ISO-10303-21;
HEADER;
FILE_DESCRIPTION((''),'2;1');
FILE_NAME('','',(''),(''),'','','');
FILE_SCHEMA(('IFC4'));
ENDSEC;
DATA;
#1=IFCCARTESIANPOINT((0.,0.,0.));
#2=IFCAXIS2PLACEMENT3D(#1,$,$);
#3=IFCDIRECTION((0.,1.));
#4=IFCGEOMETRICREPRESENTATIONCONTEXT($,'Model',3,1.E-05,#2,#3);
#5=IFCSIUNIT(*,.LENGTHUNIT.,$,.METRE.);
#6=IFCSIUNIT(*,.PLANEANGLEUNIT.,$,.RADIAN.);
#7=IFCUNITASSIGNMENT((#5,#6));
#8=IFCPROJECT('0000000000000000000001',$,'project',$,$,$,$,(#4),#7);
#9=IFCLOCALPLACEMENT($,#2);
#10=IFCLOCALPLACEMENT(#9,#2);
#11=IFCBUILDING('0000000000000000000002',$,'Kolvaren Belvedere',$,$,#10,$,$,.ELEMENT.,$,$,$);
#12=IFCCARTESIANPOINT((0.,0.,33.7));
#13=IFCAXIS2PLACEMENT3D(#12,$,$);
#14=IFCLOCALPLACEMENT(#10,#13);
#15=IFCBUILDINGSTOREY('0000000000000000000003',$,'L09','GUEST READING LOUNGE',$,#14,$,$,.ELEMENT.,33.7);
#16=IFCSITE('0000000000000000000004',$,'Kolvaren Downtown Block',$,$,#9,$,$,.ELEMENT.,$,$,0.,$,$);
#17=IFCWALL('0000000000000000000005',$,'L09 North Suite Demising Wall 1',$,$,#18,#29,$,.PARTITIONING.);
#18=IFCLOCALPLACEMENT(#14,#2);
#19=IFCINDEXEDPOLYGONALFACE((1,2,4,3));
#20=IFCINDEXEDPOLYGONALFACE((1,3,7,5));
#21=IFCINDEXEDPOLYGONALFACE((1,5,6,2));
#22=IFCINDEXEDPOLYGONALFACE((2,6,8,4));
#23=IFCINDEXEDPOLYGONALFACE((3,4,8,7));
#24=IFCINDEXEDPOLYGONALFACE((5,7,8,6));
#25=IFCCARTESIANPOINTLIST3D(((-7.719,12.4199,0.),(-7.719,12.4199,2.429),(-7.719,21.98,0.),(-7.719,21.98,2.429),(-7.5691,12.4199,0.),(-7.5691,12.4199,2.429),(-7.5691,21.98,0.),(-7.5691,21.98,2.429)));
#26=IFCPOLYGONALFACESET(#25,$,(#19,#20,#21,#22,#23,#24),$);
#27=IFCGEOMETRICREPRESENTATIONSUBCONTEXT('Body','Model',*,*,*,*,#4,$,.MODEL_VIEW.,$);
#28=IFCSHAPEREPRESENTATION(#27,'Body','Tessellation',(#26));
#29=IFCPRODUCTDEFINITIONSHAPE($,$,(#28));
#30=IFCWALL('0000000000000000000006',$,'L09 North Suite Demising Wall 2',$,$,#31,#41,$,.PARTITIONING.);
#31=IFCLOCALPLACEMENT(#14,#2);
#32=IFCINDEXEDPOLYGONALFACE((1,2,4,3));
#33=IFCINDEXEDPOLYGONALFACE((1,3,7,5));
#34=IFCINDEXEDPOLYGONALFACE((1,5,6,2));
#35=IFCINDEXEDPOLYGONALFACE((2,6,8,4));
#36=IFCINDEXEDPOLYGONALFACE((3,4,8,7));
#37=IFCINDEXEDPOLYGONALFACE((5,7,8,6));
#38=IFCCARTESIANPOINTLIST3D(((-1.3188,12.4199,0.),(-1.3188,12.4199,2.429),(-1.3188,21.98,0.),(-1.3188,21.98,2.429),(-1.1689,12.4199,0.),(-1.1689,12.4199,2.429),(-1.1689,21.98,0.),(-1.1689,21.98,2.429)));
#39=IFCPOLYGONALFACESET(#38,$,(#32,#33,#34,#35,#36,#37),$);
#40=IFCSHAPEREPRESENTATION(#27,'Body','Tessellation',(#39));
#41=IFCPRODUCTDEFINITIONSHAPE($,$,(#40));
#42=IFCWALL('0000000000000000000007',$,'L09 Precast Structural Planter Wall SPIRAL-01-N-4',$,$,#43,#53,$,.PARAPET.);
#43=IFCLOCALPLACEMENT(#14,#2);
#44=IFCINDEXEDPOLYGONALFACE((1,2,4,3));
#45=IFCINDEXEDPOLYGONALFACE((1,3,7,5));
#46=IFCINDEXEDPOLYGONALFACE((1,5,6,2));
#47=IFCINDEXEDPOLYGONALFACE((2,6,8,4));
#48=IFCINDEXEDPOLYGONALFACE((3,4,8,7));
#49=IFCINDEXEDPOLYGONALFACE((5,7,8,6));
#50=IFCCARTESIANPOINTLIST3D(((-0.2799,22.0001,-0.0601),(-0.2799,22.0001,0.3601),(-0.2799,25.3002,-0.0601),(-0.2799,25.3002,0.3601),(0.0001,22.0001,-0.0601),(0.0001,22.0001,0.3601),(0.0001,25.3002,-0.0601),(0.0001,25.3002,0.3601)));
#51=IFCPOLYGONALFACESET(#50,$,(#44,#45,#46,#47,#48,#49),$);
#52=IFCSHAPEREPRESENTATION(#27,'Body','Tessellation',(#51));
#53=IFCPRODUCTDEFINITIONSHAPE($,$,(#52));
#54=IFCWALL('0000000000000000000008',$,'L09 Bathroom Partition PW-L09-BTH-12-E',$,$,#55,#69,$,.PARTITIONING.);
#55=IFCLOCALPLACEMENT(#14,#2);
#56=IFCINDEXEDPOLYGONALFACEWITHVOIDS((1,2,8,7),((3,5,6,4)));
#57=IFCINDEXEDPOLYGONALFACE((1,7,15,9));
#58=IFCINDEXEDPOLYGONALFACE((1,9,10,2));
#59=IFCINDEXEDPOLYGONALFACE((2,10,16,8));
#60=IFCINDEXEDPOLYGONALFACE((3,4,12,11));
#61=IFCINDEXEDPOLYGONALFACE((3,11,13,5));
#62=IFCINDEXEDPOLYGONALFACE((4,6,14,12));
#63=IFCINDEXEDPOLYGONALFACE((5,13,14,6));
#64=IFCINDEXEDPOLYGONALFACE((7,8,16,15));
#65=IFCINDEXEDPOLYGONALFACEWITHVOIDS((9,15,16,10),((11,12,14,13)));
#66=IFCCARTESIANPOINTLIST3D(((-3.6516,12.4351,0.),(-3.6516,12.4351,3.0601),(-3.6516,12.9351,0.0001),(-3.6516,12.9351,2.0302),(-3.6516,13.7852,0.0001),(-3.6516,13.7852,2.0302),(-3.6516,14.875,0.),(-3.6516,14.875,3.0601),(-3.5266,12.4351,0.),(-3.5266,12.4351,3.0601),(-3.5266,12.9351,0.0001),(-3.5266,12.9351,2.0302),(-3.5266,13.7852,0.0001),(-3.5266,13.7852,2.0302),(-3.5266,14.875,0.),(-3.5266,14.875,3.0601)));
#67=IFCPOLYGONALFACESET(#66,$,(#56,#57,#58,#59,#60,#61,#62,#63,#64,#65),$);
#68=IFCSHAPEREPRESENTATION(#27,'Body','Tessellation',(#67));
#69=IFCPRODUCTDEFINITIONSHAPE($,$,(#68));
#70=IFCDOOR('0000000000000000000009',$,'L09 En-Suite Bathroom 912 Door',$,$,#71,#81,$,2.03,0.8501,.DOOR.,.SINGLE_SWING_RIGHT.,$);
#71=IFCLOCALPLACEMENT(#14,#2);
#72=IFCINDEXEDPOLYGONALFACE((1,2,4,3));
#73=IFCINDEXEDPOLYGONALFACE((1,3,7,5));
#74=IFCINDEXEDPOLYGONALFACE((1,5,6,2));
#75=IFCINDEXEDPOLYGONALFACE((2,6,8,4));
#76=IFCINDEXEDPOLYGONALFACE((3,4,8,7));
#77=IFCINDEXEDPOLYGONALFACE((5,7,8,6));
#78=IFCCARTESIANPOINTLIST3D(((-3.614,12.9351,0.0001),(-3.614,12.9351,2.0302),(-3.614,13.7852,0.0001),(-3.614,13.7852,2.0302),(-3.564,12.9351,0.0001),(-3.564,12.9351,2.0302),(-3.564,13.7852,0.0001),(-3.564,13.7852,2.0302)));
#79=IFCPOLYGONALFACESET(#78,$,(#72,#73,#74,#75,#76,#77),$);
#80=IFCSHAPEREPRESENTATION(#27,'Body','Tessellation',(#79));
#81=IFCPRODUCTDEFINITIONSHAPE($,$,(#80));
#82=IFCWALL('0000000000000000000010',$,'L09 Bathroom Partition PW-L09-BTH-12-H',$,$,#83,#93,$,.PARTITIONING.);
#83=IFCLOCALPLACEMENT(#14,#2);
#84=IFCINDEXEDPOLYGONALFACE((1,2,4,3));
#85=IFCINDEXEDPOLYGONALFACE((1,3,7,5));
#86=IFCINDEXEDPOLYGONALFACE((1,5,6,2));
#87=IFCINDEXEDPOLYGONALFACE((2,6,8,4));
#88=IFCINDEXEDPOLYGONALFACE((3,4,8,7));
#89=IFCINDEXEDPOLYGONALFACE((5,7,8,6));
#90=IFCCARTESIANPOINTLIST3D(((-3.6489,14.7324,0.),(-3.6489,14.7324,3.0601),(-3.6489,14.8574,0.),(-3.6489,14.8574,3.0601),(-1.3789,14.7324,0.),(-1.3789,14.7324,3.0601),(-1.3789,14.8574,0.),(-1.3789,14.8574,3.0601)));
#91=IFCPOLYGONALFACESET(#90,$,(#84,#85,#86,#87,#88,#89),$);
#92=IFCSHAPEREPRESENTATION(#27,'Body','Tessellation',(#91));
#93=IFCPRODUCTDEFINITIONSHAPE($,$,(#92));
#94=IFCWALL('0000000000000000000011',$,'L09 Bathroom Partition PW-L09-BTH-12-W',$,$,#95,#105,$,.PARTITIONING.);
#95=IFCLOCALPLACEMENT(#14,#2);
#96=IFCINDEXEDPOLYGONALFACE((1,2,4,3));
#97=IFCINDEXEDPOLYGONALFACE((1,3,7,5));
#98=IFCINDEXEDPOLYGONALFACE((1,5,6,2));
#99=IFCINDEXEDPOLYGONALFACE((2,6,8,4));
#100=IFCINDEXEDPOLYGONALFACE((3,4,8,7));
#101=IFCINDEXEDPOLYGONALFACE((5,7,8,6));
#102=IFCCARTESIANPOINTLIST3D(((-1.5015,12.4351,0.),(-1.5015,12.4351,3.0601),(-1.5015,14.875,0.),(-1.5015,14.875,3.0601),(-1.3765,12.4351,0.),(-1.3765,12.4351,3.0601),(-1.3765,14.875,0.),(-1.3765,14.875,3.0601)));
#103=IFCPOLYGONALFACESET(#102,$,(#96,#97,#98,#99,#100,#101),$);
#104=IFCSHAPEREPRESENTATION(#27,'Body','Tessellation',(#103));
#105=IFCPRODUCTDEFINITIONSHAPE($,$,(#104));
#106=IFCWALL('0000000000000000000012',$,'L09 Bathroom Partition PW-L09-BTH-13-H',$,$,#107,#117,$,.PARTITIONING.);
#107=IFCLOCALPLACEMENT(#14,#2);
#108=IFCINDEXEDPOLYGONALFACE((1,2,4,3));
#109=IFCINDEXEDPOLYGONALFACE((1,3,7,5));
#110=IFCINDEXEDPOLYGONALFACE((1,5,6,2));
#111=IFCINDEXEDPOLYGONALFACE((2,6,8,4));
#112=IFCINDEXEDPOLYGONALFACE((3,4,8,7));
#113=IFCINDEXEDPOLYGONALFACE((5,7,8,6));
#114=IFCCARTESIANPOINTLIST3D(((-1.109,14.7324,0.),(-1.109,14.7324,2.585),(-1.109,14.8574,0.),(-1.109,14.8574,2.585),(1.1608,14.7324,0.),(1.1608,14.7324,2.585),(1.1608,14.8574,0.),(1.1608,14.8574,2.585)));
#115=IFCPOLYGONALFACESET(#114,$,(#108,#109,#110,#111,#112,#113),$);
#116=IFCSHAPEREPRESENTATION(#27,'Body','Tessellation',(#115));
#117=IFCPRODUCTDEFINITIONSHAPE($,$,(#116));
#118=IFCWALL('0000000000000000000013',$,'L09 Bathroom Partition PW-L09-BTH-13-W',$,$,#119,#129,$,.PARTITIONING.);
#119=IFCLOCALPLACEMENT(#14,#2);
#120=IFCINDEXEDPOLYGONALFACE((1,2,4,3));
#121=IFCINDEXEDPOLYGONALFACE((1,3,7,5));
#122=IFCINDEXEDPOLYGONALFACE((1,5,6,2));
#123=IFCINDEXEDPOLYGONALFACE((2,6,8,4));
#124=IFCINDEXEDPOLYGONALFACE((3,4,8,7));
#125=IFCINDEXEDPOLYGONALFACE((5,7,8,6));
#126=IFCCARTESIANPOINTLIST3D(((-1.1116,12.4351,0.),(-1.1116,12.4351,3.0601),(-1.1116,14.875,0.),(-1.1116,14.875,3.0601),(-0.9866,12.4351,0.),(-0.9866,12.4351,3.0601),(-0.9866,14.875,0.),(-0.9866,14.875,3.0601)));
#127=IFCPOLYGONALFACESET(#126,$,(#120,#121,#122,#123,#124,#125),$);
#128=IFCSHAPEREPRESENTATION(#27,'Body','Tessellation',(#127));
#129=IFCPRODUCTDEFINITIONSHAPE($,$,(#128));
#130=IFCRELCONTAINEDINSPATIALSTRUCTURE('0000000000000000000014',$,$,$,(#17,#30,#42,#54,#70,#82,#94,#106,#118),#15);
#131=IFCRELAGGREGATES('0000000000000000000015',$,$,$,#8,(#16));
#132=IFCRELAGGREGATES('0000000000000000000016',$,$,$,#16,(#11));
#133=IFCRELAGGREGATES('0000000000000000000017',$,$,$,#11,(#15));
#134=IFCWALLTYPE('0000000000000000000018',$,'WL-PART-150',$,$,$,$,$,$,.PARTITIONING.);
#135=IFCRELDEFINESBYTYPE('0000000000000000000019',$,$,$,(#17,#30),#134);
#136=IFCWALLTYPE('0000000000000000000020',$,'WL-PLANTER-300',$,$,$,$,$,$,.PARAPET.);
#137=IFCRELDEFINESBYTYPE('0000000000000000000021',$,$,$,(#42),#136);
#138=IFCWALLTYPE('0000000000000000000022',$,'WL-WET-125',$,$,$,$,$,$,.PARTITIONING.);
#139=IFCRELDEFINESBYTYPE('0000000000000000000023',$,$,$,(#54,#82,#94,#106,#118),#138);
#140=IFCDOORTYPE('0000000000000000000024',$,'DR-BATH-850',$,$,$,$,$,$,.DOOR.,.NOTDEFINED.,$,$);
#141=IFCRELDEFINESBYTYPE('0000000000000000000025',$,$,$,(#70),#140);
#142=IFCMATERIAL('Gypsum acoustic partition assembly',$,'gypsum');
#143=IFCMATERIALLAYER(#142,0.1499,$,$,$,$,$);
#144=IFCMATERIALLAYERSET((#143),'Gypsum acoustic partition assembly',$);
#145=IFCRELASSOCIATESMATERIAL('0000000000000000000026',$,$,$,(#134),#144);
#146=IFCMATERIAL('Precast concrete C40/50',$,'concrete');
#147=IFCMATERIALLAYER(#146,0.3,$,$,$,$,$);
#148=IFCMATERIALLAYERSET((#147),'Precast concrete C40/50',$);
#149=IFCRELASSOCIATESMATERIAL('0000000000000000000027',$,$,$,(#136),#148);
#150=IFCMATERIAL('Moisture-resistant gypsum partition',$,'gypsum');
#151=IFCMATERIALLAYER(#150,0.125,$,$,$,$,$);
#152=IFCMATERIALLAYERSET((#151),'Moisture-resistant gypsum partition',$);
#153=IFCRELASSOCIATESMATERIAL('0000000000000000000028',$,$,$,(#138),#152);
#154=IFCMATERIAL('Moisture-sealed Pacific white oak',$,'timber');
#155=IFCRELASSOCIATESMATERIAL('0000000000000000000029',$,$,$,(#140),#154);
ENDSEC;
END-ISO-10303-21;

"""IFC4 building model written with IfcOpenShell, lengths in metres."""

from ifc_helpers import new_model, si_unit, direction, frame, frame_2d, origin, place, context, subcontext, project, spatial, rectangle, extrude, material, layer, layer_set, type_object, element, fill, save


model = new_model("IFC4")

# Units and contexts
model_context = context("Model", 3, precision=1e-05, world=origin(), true_north=direction((0.0, 1.0)))
body_context = subcontext(model_context, "Body", "Model", "MODEL_VIEW")
ifc_project = project(units=[si_unit("LENGTHUNIT", "METRE"), si_unit("PLANEANGLEUNIT", "RADIAN")], contexts=[model_context])

# Site, building, storey
site_placement = place(None, origin())
site = spatial("IfcSite", under=ifc_project, at=site_placement, Name="Kolvaren Downtown Block", CompositionType="ELEMENT", RefElevation=0.0)
building_placement = place(site_placement, origin())
building = spatial("IfcBuilding", under=site, at=building_placement, Name="Kolvaren Belvedere", CompositionType="ELEMENT")
storey_placement = place(building_placement, frame((0.0, 0.0, 33.7)))
storey = spatial("IfcBuildingStorey", under=building, at=storey_placement, Name="L09", Description="GUEST READING LOUNGE", CompositionType="ELEMENT", Elevation=33.7)

# Walls
ifc_material_1 = material(Name="Gypsum acoustic partition assembly", Category="gypsum")
ifc_layer_1 = layer(ifc_material_1, 0.1499)
ifc_layer_set_1 = layer_set([ifc_layer_1], Name="Gypsum acoustic partition assembly")
wall_type_1 = type_object("IfcWallType", Name="WL-PART-150", PredefinedType="PARTITIONING", material=ifc_layer_set_1)
for number, where, z_axis, x_axis, name in (
    (1, (-7.644, 12.4199, 0.0), (0.0, 0.0, 1.0), (0.0, 1.0, 0.0), "L09 North Suite Demising Wall 1"),
    (2, (-1.2439, 12.4199, 0.0), (0.0, 0.0, 1.0), (0.0, 1.0, 0.0), "L09 North Suite Demising Wall 2"),
):
    element("IfcWall", number, at=place(storey_placement, frame(where, z_axis=z_axis, x_axis=x_axis)), inside=storey, type_object=wall_type_1, Name=name, PredefinedType="PARTITIONING", context=body_context, shape_type="SweptSolid", body=[
        extrude(rectangle(XDim=9.5601, YDim=0.1499, at=frame_2d((4.78, 0.0))), origin(), (0.0, 0.0, 1.0), 2.429),
    ])
ifc_material_2 = material(Name="Precast concrete C40/50", Category="concrete")
ifc_layer_2 = layer(ifc_material_2, 0.3)
ifc_layer_set_2 = layer_set([ifc_layer_2], Name="Precast concrete C40/50")
wall_type_2 = type_object("IfcWallType", Name="WL-PLANTER-300", PredefinedType="PARAPET", material=ifc_layer_set_2)
wall_1_placement = place(storey_placement, frame((-0.1399, 25.3, -0.0601), z_axis=(0.0, 0.0, 1.0), x_axis=(0.0, -1.0, 0.0)))
element("IfcWall", 3, at=wall_1_placement, inside=storey, type_object=wall_type_2, Name="L09 Precast Structural Planter Wall SPIRAL-01-N-4", PredefinedType="PARAPET", context=body_context, shape_type="SweptSolid", body=[
    extrude(rectangle(XDim=3.3, YDim=0.28, at=frame_2d((1.6499, 0.0))), origin(), (0.0, 0.0, 1.0), 0.4202),
])

# Wall, opening, door
ifc_material_3 = material(Name="Moisture-resistant gypsum partition", Category="gypsum")
ifc_layer_3 = layer(ifc_material_3, 0.125)
ifc_layer_set_3 = layer_set([ifc_layer_3], Name="Moisture-resistant gypsum partition")
wall_type_3 = type_object("IfcWallType", Name="WL-WET-125", PredefinedType="PARTITIONING", material=ifc_layer_set_3)
wall_2_placement = place(storey_placement, frame((-3.5891, 12.4351, 0.0), z_axis=(0.0, 0.0, 1.0), x_axis=(0.0, 1.0, 0.0)))
wall_2 = element("IfcWall", 4, at=wall_2_placement, inside=storey, type_object=wall_type_3, Name="L09 Bathroom Partition PW-L09-BTH-12-E", PredefinedType="PARTITIONING", context=body_context, shape_type="SweptSolid", body=[
    extrude(rectangle(XDim=2.4399, YDim=0.125, at=frame_2d((1.22, 0.0))), origin(), (0.0, 0.0, 1.0), 3.0601),
])
opening_1_placement = place(wall_2_placement, frame((0.5, 0.0, 0.0)))
opening_1 = element("IfcOpeningElement", 5, at=opening_1_placement, cuts=wall_2, PredefinedType="OPENING", context=body_context, shape_type="SweptSolid", body=[
    extrude(rectangle(XDim=0.8501, YDim=2.03, at=frame_2d((0.425, 1.0151))), frame((0.0, 0.0725, 0.0), z_axis=(0.0, -1.0, 0.0), x_axis=(1.0, 0.0, 0.0)), (0.0, 0.0, 1.0), 0.145),
])
ifc_material_4 = material(Name="Moisture-sealed Pacific white oak", Category="timber")
door_type_1 = type_object("IfcDoorType", Name="DR-BATH-850", OperationType="NOTDEFINED", PredefinedType="DOOR", material=ifc_material_4)
door_1_placement = place(opening_1_placement, origin())
door_1 = element("IfcDoor", 6, at=door_1_placement, inside=storey, type_object=door_type_1, Name="L09 En-Suite Bathroom 912 Door", OperationType="SINGLE_SWING_RIGHT", OverallHeight=2.03, OverallWidth=0.8501, PredefinedType="DOOR", context=body_context, shape_type="SweptSolid", body=[
    extrude(rectangle(XDim=0.8501, YDim=2.03, at=frame_2d((0.425, 1.0151))), frame((0.0, 0.0249, 0.0), z_axis=(0.0, -1.0, 0.0), x_axis=(1.0, 0.0, 0.0)), (0.0, 0.0, 1.0), 0.05),
])
fill(opening_1, door_1)

# Walls
wall_3_placement = place(storey_placement, frame((-3.6489, 14.7949, 0.0), z_axis=(0.0, 0.0, 1.0), x_axis=(1.0, 0.0, 0.0)))
element("IfcWall", 7, at=wall_3_placement, inside=storey, type_object=wall_type_3, Name="L09 Bathroom Partition PW-L09-BTH-12-H", PredefinedType="PARTITIONING", context=body_context, shape_type="SweptSolid", body=[
    extrude(rectangle(XDim=2.27, YDim=0.125, at=frame_2d((1.135, 0.0))), origin(), (0.0, 0.0, 1.0), 3.0601),
])
wall_4_placement = place(storey_placement, frame((-1.439, 12.4351, 0.0), z_axis=(0.0, 0.0, 1.0), x_axis=(0.0, 1.0, 0.0)))
element("IfcWall", 8, at=wall_4_placement, inside=storey, type_object=wall_type_3, Name="L09 Bathroom Partition PW-L09-BTH-12-W", PredefinedType="PARTITIONING", context=body_context, shape_type="SweptSolid", body=[
    extrude(rectangle(XDim=2.4399, YDim=0.125, at=frame_2d((1.22, 0.0))), origin(), (0.0, 0.0, 1.0), 3.0601),
])
wall_5_placement = place(storey_placement, frame((-1.1089, 14.7949, 0.0), z_axis=(0.0, 0.0, 1.0), x_axis=(1.0, 0.0, 0.0)))
element("IfcWall", 9, at=wall_5_placement, inside=storey, type_object=wall_type_3, Name="L09 Bathroom Partition PW-L09-BTH-13-H", PredefinedType="PARTITIONING", context=body_context, shape_type="SweptSolid", body=[
    extrude(rectangle(XDim=2.2698, YDim=0.125, at=frame_2d((1.1348, 0.0))), origin(), (0.0, 0.0, 1.0), 2.585),
])
wall_6_placement = place(storey_placement, frame((-1.0491, 12.4351, 0.0), z_axis=(0.0, 0.0, 1.0), x_axis=(0.0, 1.0, 0.0)))
element("IfcWall", 10, at=wall_6_placement, inside=storey, type_object=wall_type_3, Name="L09 Bathroom Partition PW-L09-BTH-13-W", PredefinedType="PARTITIONING", context=body_context, shape_type="SweptSolid", body=[
    extrude(rectangle(XDim=2.4399, YDim=0.125, at=frame_2d((1.22, 0.0))), origin(), (0.0, 0.0, 1.0), 3.0601),
])

save(model, "model.ifc")
